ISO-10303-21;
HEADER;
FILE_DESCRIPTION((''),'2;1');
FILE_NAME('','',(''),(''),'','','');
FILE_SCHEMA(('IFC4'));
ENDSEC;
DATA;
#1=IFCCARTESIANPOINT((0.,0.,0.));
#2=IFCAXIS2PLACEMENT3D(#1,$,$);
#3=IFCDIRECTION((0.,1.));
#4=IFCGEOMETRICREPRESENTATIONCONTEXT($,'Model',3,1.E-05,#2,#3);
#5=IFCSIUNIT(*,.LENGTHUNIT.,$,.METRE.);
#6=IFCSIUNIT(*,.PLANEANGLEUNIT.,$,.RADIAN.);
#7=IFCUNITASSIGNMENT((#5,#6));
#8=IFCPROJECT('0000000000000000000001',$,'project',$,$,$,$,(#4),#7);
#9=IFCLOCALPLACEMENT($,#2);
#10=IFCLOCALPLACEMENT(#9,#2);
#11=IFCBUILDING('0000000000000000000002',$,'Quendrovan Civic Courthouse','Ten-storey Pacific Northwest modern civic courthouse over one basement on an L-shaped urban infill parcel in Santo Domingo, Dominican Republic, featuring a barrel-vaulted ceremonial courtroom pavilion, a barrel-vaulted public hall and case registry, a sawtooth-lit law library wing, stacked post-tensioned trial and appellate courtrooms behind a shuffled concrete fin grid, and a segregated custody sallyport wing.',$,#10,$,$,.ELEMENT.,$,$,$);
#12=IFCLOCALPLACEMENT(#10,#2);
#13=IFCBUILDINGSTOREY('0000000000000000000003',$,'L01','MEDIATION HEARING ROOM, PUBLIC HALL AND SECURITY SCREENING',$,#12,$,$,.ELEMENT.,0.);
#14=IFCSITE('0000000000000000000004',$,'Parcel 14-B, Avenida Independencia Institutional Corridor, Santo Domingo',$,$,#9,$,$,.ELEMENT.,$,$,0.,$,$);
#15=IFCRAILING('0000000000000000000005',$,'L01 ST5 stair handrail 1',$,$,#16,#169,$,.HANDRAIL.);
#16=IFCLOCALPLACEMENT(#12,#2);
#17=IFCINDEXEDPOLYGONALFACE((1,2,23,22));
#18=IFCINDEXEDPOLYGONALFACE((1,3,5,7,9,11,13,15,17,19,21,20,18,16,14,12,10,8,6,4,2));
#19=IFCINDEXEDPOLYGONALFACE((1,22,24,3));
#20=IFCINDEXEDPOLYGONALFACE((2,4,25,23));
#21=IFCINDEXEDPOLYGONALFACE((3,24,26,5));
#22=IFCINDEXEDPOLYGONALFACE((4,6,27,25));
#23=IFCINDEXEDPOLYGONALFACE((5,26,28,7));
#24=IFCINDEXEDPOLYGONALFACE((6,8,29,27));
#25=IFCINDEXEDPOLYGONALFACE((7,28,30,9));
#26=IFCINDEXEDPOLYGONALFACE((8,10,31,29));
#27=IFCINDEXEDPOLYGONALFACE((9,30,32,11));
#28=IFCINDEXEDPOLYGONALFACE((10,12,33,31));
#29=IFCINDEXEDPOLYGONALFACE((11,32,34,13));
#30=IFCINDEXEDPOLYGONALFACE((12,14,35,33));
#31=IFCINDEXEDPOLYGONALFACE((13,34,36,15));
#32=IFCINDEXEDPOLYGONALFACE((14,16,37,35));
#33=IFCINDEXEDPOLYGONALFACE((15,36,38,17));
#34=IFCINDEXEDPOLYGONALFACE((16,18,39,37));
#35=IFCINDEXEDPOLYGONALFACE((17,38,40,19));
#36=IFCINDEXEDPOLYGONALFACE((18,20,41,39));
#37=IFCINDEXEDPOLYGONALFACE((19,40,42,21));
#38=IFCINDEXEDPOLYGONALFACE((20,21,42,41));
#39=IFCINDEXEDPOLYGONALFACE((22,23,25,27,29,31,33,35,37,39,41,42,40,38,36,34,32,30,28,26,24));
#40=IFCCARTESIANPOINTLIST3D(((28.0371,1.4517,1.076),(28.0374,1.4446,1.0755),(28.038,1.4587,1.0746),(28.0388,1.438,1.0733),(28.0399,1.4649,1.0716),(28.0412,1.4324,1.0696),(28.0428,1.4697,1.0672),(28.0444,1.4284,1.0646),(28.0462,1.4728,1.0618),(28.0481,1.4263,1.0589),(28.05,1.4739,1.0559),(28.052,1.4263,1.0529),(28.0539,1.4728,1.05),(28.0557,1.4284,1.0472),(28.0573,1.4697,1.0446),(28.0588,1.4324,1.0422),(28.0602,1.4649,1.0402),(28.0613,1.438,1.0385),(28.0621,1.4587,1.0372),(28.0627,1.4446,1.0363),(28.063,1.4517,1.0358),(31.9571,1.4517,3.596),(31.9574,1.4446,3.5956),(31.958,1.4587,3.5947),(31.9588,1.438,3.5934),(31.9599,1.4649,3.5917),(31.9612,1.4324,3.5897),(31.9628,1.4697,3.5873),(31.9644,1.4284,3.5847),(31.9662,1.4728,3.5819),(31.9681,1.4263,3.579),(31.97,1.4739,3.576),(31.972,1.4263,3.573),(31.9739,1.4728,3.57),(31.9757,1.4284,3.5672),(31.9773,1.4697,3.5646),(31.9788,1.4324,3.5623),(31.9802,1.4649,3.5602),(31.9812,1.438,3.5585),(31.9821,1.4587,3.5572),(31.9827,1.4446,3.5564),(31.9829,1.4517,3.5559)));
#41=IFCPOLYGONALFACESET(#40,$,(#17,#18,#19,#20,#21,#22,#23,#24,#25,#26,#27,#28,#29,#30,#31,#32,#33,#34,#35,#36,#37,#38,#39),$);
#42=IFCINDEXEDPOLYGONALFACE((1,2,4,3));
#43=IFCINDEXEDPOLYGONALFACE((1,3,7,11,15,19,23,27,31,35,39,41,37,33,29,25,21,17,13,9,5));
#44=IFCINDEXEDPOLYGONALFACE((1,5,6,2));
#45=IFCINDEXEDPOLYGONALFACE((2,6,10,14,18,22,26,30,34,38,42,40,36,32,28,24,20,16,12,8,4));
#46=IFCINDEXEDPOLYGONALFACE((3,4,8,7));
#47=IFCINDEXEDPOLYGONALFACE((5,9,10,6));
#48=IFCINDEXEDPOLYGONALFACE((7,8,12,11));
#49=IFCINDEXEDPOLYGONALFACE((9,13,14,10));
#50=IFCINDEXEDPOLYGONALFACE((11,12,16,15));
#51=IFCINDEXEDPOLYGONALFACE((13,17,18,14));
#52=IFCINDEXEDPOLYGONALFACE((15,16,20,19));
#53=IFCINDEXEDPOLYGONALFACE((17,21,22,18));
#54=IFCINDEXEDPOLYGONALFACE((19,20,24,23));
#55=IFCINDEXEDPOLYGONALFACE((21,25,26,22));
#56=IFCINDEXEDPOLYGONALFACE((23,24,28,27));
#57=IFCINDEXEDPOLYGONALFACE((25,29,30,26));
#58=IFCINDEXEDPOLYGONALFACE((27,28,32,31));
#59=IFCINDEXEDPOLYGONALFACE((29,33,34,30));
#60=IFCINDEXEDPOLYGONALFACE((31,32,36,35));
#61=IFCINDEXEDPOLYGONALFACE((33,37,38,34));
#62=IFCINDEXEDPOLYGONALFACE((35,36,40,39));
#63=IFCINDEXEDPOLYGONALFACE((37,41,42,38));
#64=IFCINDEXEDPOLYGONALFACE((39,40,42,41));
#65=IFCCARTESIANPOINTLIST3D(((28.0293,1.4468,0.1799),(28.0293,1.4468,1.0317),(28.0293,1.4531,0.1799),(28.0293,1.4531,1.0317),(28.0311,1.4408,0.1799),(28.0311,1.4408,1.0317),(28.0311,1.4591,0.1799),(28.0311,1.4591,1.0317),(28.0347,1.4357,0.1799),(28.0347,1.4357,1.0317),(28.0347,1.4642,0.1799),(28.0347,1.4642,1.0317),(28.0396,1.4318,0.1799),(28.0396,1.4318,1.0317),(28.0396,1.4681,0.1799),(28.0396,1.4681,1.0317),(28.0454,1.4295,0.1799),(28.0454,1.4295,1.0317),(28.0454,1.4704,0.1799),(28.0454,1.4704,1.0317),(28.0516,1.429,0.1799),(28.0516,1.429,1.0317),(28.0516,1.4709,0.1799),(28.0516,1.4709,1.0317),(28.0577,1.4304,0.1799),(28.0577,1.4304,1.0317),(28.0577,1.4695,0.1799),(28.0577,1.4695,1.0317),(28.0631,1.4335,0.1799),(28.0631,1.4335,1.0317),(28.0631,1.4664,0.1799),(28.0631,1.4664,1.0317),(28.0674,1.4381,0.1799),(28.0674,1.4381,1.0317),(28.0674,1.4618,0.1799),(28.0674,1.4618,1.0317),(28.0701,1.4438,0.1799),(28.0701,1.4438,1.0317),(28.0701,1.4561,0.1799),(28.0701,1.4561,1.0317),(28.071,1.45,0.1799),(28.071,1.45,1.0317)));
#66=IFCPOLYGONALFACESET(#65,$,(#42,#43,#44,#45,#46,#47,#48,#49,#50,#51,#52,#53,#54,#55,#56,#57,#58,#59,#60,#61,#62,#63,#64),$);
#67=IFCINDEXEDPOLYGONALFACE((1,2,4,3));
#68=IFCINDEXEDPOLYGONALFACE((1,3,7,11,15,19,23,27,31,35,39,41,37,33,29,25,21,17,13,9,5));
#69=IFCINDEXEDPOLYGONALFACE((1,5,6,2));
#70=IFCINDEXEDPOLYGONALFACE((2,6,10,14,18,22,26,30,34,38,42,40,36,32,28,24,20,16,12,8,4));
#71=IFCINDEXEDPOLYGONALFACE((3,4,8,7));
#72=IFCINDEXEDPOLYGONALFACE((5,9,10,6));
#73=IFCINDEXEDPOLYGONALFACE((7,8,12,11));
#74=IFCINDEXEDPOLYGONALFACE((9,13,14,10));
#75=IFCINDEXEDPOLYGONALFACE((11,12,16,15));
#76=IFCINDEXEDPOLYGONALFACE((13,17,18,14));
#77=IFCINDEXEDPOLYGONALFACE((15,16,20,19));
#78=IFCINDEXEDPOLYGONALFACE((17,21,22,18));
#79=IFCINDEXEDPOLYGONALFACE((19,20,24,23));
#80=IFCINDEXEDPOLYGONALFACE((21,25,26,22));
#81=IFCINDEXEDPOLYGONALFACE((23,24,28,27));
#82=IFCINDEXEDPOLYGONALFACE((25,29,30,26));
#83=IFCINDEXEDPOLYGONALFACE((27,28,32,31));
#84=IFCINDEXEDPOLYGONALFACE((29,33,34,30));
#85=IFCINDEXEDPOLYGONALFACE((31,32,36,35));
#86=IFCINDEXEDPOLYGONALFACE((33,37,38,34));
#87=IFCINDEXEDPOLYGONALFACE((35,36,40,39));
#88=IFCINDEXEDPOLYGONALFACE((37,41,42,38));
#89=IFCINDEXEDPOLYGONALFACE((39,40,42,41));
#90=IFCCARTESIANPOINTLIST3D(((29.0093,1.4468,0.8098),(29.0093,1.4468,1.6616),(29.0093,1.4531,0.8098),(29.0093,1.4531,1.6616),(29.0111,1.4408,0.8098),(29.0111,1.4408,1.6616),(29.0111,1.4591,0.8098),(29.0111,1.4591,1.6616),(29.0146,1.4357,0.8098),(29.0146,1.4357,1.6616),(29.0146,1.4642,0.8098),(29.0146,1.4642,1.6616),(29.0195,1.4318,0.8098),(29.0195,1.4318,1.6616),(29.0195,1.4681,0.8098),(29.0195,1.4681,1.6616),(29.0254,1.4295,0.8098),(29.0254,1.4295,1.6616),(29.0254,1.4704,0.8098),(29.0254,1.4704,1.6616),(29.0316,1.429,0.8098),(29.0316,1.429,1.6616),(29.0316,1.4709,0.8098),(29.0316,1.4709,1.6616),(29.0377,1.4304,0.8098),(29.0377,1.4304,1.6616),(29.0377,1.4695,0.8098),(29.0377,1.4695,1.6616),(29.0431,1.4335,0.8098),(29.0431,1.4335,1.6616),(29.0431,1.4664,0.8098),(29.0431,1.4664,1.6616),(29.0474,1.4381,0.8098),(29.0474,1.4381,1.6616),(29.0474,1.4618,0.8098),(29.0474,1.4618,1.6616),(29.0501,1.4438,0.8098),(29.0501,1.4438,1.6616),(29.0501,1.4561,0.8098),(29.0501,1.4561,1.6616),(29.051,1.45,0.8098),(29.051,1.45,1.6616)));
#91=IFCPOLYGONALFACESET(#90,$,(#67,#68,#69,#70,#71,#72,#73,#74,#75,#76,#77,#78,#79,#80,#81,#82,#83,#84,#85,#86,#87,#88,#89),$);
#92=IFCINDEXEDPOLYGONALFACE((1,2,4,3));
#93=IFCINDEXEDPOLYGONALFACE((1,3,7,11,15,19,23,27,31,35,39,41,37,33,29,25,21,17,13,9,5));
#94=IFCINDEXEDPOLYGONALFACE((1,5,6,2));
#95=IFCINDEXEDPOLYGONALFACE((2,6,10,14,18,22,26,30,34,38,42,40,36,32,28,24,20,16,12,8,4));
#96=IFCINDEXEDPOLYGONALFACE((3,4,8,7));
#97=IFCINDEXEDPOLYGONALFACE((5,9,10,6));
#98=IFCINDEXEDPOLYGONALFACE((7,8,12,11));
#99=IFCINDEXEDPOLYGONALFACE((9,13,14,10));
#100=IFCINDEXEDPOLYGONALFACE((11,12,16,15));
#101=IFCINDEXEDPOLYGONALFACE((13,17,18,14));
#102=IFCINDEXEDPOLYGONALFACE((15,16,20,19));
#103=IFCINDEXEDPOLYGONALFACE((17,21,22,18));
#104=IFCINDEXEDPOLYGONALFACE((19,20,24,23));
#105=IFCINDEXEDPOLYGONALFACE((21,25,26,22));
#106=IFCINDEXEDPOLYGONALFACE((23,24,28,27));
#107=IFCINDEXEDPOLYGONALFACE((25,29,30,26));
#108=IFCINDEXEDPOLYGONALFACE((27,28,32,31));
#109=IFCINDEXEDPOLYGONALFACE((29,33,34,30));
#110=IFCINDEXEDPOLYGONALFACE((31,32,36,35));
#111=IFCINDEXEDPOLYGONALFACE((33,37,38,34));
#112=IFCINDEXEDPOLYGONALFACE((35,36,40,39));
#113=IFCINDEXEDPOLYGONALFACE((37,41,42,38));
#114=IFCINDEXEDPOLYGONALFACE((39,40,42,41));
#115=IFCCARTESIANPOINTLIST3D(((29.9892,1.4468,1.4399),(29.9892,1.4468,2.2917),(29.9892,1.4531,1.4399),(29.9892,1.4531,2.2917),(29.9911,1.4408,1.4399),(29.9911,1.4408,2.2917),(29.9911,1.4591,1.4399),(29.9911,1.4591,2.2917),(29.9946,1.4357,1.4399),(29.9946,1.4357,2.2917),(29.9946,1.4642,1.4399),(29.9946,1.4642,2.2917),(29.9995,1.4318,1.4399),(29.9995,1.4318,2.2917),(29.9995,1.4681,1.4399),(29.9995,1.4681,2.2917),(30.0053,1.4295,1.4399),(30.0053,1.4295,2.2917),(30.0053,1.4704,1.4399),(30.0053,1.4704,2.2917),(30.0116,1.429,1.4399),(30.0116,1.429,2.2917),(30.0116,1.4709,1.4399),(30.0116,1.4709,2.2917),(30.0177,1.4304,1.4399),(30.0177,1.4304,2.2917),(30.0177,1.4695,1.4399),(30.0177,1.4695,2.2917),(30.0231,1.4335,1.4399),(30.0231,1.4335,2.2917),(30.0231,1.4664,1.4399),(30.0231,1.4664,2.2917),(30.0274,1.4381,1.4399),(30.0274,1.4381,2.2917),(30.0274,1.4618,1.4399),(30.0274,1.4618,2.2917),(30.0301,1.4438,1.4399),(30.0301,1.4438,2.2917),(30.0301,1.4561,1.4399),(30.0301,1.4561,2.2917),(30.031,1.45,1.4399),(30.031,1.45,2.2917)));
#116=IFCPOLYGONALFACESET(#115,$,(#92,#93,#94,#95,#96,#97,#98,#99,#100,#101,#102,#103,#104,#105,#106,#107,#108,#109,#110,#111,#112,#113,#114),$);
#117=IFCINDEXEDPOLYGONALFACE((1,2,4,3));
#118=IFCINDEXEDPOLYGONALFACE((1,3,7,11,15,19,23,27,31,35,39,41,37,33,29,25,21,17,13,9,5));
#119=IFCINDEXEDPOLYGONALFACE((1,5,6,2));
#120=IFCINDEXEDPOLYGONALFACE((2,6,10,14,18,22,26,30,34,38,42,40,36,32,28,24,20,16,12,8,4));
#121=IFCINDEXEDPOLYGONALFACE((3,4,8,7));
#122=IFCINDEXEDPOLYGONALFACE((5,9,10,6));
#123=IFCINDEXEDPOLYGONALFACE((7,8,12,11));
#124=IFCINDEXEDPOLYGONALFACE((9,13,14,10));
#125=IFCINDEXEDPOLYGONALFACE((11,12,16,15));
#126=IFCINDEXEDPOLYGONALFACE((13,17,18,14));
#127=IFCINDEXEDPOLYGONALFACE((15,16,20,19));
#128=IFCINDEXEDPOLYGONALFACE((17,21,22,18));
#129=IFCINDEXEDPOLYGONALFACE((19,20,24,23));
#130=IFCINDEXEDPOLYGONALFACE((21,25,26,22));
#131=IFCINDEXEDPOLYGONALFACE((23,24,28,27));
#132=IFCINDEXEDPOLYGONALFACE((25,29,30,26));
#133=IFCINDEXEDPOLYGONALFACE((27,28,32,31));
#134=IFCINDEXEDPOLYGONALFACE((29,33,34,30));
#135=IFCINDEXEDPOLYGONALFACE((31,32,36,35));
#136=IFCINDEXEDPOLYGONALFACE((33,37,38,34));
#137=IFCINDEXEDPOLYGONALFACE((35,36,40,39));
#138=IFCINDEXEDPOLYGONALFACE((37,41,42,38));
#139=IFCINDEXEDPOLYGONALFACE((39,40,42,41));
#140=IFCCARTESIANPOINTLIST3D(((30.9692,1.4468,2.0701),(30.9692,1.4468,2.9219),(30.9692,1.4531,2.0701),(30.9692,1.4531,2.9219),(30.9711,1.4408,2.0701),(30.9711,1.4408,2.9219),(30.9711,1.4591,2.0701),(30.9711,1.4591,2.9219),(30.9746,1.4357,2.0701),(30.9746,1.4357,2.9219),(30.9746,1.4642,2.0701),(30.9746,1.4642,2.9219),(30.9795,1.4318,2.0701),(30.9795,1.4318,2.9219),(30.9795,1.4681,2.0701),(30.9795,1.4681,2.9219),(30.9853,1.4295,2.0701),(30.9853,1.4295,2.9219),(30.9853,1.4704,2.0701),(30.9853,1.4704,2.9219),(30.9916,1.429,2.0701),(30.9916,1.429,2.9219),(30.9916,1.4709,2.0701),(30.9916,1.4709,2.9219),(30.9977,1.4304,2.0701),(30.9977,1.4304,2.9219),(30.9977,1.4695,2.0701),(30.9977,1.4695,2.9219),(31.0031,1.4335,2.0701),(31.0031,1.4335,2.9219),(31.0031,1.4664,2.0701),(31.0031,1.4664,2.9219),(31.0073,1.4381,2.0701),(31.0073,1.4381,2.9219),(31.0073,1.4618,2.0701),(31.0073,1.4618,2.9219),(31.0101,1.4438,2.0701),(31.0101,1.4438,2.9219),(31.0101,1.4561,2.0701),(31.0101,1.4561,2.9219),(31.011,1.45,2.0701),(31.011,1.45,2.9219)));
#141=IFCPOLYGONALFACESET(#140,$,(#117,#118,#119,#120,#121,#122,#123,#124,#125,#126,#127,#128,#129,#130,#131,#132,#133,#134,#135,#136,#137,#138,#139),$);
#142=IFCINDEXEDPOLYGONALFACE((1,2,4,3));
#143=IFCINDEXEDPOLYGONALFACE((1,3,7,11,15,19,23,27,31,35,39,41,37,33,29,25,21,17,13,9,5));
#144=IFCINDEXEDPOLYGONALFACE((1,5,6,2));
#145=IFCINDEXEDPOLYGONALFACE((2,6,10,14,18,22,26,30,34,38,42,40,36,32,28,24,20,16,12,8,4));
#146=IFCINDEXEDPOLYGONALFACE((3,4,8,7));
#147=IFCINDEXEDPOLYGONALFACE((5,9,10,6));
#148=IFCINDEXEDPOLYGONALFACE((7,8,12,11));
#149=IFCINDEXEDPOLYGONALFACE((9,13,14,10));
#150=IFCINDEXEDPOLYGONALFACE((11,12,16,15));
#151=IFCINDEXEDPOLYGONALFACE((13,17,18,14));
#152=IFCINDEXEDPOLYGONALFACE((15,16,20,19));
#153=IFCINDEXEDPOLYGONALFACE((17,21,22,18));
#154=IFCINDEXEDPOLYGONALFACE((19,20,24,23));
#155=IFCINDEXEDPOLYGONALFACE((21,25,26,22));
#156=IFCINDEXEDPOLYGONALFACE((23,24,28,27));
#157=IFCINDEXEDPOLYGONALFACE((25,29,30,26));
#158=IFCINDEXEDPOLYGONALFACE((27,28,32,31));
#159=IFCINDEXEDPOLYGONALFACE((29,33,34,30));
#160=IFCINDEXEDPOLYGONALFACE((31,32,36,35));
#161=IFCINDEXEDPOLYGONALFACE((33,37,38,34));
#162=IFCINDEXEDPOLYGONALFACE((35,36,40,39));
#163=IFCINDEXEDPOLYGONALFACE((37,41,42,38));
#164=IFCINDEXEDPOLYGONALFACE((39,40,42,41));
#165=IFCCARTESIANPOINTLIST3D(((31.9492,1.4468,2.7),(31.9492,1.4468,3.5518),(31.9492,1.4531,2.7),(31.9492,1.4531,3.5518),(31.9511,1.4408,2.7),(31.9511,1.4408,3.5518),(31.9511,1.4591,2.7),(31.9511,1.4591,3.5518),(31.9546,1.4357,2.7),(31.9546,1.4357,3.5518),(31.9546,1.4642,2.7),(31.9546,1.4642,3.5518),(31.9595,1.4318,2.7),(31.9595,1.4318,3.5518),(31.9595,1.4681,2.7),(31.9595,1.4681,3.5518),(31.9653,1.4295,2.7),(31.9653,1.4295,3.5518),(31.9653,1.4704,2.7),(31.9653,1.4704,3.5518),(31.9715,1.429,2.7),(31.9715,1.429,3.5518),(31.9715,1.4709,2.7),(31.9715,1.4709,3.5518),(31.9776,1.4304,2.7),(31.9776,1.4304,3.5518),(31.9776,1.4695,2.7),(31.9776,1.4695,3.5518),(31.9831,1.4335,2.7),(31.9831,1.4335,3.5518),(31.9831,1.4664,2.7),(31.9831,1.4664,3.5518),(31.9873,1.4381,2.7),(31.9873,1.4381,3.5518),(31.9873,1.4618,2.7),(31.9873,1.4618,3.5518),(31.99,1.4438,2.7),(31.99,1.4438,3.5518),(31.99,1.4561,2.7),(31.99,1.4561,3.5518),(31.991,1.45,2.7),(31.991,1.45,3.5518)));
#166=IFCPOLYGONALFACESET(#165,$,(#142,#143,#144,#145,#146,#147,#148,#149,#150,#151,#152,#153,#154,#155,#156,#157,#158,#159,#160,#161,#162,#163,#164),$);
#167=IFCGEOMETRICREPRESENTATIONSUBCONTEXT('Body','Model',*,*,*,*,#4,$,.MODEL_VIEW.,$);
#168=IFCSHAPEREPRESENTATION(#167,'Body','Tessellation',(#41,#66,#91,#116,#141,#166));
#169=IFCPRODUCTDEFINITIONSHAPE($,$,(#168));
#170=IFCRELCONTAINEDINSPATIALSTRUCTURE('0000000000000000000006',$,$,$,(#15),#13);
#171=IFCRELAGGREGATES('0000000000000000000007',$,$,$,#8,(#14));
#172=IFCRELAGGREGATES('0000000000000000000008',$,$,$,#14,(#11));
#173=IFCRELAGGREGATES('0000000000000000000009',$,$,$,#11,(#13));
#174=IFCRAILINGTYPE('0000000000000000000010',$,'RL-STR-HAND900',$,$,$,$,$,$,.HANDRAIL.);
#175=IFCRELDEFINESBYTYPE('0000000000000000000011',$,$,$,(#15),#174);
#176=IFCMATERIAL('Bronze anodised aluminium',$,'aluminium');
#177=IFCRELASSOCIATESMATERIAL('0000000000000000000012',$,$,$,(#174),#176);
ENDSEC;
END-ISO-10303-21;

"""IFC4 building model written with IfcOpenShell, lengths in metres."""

from ifc_helpers import new_model, si_unit, direction, frame, origin, origin_2d, place, context, subcontext, project, spatial, circle, extrude, material, type_object, element, save


model = new_model("IFC4")

# Units and contexts
model_context = context("Model", 3, precision=1e-05, world=origin(), true_north=direction((0.0, 1.0)))
body_context = subcontext(model_context, "Body", "Model", "MODEL_VIEW")
ifc_project = project(units=[si_unit("LENGTHUNIT", "METRE"), si_unit("PLANEANGLEUNIT", "RADIAN")], contexts=[model_context])

# Site, building, storey
site_placement = place(None, origin())
site = spatial("IfcSite", under=ifc_project, at=site_placement, Name="Parcel 14-B, Avenida Independencia Institutional Corridor, Santo Domingo", CompositionType="ELEMENT", RefElevation=0.0)
building_placement = place(site_placement, origin())
building = spatial("IfcBuilding", under=site, at=building_placement, Name="Quendrovan Civic Courthouse", Description="Ten-storey Pacific Northwest modern civic courthouse over one basement on an L-shaped urban infill parcel in Santo Domingo, Dominican Republic, featuring a barrel-vaulted ceremonial courtroom pavilion, a barrel-vaulted public hall and case registry, a sawtooth-lit law library wing, stacked post-tensioned trial and appellate courtrooms behind a shuffled concrete fin grid, and a segregated custody sallyport wing.", CompositionType="ELEMENT")
storey_placement = place(building_placement, origin())
storey = spatial("IfcBuildingStorey", under=building, at=storey_placement, Name="L01", Description="MEDIATION HEARING ROOM, PUBLIC HALL AND SECURITY SCREENING", CompositionType="ELEMENT", Elevation=0.0)

# Railing
ifc_material_1 = material(Name="Bronze anodised aluminium", Category="aluminium")
railing_type_1 = type_object("IfcRailingType", Name="RL-STR-HAND900", PredefinedType="HANDRAIL", material=ifc_material_1)
railing_1_placement = place(storey_placement, frame((28.05, 1.45, 0.1799)))
element("IfcRailing", 1, at=railing_1_placement, inside=storey, type_object=railing_type_1, Name="L01 ST5 stair handrail 1", PredefinedType="HANDRAIL", context=body_context, shape_type="SweptSolid", body=[
    extrude(circle(Radius=0.0239, at=origin_2d()), frame((0.0, 0.0, 0.876), z_axis=(0.841172, 0.0, 0.540768), x_axis=(0.0, 1.0, 0.0)), (0.0, 0.0, 1.0), 4.6602),
    extrude(circle(Radius=0.021, at=origin_2d()), origin(), (0.0, 0.0, 1.0), 0.8518),
    extrude(circle(Radius=0.021, at=origin_2d()), frame((0.98, 0.0, 0.6299)), (0.0, 0.0, 1.0), 0.8518),
    extrude(circle(Radius=0.021, at=origin_2d()), frame((1.96, 0.0, 1.26)), (0.0, 0.0, 1.0), 0.8518),
    extrude(circle(Radius=0.021, at=origin_2d()), frame((2.9399, 0.0, 1.8901)), (0.0, 0.0, 1.0), 0.8518),
    extrude(circle(Radius=0.021, at=origin_2d()), frame((3.9199, 0.0, 2.52)), (0.0, 0.0, 1.0), 0.8518),
])

save(model, "model.ifc")
